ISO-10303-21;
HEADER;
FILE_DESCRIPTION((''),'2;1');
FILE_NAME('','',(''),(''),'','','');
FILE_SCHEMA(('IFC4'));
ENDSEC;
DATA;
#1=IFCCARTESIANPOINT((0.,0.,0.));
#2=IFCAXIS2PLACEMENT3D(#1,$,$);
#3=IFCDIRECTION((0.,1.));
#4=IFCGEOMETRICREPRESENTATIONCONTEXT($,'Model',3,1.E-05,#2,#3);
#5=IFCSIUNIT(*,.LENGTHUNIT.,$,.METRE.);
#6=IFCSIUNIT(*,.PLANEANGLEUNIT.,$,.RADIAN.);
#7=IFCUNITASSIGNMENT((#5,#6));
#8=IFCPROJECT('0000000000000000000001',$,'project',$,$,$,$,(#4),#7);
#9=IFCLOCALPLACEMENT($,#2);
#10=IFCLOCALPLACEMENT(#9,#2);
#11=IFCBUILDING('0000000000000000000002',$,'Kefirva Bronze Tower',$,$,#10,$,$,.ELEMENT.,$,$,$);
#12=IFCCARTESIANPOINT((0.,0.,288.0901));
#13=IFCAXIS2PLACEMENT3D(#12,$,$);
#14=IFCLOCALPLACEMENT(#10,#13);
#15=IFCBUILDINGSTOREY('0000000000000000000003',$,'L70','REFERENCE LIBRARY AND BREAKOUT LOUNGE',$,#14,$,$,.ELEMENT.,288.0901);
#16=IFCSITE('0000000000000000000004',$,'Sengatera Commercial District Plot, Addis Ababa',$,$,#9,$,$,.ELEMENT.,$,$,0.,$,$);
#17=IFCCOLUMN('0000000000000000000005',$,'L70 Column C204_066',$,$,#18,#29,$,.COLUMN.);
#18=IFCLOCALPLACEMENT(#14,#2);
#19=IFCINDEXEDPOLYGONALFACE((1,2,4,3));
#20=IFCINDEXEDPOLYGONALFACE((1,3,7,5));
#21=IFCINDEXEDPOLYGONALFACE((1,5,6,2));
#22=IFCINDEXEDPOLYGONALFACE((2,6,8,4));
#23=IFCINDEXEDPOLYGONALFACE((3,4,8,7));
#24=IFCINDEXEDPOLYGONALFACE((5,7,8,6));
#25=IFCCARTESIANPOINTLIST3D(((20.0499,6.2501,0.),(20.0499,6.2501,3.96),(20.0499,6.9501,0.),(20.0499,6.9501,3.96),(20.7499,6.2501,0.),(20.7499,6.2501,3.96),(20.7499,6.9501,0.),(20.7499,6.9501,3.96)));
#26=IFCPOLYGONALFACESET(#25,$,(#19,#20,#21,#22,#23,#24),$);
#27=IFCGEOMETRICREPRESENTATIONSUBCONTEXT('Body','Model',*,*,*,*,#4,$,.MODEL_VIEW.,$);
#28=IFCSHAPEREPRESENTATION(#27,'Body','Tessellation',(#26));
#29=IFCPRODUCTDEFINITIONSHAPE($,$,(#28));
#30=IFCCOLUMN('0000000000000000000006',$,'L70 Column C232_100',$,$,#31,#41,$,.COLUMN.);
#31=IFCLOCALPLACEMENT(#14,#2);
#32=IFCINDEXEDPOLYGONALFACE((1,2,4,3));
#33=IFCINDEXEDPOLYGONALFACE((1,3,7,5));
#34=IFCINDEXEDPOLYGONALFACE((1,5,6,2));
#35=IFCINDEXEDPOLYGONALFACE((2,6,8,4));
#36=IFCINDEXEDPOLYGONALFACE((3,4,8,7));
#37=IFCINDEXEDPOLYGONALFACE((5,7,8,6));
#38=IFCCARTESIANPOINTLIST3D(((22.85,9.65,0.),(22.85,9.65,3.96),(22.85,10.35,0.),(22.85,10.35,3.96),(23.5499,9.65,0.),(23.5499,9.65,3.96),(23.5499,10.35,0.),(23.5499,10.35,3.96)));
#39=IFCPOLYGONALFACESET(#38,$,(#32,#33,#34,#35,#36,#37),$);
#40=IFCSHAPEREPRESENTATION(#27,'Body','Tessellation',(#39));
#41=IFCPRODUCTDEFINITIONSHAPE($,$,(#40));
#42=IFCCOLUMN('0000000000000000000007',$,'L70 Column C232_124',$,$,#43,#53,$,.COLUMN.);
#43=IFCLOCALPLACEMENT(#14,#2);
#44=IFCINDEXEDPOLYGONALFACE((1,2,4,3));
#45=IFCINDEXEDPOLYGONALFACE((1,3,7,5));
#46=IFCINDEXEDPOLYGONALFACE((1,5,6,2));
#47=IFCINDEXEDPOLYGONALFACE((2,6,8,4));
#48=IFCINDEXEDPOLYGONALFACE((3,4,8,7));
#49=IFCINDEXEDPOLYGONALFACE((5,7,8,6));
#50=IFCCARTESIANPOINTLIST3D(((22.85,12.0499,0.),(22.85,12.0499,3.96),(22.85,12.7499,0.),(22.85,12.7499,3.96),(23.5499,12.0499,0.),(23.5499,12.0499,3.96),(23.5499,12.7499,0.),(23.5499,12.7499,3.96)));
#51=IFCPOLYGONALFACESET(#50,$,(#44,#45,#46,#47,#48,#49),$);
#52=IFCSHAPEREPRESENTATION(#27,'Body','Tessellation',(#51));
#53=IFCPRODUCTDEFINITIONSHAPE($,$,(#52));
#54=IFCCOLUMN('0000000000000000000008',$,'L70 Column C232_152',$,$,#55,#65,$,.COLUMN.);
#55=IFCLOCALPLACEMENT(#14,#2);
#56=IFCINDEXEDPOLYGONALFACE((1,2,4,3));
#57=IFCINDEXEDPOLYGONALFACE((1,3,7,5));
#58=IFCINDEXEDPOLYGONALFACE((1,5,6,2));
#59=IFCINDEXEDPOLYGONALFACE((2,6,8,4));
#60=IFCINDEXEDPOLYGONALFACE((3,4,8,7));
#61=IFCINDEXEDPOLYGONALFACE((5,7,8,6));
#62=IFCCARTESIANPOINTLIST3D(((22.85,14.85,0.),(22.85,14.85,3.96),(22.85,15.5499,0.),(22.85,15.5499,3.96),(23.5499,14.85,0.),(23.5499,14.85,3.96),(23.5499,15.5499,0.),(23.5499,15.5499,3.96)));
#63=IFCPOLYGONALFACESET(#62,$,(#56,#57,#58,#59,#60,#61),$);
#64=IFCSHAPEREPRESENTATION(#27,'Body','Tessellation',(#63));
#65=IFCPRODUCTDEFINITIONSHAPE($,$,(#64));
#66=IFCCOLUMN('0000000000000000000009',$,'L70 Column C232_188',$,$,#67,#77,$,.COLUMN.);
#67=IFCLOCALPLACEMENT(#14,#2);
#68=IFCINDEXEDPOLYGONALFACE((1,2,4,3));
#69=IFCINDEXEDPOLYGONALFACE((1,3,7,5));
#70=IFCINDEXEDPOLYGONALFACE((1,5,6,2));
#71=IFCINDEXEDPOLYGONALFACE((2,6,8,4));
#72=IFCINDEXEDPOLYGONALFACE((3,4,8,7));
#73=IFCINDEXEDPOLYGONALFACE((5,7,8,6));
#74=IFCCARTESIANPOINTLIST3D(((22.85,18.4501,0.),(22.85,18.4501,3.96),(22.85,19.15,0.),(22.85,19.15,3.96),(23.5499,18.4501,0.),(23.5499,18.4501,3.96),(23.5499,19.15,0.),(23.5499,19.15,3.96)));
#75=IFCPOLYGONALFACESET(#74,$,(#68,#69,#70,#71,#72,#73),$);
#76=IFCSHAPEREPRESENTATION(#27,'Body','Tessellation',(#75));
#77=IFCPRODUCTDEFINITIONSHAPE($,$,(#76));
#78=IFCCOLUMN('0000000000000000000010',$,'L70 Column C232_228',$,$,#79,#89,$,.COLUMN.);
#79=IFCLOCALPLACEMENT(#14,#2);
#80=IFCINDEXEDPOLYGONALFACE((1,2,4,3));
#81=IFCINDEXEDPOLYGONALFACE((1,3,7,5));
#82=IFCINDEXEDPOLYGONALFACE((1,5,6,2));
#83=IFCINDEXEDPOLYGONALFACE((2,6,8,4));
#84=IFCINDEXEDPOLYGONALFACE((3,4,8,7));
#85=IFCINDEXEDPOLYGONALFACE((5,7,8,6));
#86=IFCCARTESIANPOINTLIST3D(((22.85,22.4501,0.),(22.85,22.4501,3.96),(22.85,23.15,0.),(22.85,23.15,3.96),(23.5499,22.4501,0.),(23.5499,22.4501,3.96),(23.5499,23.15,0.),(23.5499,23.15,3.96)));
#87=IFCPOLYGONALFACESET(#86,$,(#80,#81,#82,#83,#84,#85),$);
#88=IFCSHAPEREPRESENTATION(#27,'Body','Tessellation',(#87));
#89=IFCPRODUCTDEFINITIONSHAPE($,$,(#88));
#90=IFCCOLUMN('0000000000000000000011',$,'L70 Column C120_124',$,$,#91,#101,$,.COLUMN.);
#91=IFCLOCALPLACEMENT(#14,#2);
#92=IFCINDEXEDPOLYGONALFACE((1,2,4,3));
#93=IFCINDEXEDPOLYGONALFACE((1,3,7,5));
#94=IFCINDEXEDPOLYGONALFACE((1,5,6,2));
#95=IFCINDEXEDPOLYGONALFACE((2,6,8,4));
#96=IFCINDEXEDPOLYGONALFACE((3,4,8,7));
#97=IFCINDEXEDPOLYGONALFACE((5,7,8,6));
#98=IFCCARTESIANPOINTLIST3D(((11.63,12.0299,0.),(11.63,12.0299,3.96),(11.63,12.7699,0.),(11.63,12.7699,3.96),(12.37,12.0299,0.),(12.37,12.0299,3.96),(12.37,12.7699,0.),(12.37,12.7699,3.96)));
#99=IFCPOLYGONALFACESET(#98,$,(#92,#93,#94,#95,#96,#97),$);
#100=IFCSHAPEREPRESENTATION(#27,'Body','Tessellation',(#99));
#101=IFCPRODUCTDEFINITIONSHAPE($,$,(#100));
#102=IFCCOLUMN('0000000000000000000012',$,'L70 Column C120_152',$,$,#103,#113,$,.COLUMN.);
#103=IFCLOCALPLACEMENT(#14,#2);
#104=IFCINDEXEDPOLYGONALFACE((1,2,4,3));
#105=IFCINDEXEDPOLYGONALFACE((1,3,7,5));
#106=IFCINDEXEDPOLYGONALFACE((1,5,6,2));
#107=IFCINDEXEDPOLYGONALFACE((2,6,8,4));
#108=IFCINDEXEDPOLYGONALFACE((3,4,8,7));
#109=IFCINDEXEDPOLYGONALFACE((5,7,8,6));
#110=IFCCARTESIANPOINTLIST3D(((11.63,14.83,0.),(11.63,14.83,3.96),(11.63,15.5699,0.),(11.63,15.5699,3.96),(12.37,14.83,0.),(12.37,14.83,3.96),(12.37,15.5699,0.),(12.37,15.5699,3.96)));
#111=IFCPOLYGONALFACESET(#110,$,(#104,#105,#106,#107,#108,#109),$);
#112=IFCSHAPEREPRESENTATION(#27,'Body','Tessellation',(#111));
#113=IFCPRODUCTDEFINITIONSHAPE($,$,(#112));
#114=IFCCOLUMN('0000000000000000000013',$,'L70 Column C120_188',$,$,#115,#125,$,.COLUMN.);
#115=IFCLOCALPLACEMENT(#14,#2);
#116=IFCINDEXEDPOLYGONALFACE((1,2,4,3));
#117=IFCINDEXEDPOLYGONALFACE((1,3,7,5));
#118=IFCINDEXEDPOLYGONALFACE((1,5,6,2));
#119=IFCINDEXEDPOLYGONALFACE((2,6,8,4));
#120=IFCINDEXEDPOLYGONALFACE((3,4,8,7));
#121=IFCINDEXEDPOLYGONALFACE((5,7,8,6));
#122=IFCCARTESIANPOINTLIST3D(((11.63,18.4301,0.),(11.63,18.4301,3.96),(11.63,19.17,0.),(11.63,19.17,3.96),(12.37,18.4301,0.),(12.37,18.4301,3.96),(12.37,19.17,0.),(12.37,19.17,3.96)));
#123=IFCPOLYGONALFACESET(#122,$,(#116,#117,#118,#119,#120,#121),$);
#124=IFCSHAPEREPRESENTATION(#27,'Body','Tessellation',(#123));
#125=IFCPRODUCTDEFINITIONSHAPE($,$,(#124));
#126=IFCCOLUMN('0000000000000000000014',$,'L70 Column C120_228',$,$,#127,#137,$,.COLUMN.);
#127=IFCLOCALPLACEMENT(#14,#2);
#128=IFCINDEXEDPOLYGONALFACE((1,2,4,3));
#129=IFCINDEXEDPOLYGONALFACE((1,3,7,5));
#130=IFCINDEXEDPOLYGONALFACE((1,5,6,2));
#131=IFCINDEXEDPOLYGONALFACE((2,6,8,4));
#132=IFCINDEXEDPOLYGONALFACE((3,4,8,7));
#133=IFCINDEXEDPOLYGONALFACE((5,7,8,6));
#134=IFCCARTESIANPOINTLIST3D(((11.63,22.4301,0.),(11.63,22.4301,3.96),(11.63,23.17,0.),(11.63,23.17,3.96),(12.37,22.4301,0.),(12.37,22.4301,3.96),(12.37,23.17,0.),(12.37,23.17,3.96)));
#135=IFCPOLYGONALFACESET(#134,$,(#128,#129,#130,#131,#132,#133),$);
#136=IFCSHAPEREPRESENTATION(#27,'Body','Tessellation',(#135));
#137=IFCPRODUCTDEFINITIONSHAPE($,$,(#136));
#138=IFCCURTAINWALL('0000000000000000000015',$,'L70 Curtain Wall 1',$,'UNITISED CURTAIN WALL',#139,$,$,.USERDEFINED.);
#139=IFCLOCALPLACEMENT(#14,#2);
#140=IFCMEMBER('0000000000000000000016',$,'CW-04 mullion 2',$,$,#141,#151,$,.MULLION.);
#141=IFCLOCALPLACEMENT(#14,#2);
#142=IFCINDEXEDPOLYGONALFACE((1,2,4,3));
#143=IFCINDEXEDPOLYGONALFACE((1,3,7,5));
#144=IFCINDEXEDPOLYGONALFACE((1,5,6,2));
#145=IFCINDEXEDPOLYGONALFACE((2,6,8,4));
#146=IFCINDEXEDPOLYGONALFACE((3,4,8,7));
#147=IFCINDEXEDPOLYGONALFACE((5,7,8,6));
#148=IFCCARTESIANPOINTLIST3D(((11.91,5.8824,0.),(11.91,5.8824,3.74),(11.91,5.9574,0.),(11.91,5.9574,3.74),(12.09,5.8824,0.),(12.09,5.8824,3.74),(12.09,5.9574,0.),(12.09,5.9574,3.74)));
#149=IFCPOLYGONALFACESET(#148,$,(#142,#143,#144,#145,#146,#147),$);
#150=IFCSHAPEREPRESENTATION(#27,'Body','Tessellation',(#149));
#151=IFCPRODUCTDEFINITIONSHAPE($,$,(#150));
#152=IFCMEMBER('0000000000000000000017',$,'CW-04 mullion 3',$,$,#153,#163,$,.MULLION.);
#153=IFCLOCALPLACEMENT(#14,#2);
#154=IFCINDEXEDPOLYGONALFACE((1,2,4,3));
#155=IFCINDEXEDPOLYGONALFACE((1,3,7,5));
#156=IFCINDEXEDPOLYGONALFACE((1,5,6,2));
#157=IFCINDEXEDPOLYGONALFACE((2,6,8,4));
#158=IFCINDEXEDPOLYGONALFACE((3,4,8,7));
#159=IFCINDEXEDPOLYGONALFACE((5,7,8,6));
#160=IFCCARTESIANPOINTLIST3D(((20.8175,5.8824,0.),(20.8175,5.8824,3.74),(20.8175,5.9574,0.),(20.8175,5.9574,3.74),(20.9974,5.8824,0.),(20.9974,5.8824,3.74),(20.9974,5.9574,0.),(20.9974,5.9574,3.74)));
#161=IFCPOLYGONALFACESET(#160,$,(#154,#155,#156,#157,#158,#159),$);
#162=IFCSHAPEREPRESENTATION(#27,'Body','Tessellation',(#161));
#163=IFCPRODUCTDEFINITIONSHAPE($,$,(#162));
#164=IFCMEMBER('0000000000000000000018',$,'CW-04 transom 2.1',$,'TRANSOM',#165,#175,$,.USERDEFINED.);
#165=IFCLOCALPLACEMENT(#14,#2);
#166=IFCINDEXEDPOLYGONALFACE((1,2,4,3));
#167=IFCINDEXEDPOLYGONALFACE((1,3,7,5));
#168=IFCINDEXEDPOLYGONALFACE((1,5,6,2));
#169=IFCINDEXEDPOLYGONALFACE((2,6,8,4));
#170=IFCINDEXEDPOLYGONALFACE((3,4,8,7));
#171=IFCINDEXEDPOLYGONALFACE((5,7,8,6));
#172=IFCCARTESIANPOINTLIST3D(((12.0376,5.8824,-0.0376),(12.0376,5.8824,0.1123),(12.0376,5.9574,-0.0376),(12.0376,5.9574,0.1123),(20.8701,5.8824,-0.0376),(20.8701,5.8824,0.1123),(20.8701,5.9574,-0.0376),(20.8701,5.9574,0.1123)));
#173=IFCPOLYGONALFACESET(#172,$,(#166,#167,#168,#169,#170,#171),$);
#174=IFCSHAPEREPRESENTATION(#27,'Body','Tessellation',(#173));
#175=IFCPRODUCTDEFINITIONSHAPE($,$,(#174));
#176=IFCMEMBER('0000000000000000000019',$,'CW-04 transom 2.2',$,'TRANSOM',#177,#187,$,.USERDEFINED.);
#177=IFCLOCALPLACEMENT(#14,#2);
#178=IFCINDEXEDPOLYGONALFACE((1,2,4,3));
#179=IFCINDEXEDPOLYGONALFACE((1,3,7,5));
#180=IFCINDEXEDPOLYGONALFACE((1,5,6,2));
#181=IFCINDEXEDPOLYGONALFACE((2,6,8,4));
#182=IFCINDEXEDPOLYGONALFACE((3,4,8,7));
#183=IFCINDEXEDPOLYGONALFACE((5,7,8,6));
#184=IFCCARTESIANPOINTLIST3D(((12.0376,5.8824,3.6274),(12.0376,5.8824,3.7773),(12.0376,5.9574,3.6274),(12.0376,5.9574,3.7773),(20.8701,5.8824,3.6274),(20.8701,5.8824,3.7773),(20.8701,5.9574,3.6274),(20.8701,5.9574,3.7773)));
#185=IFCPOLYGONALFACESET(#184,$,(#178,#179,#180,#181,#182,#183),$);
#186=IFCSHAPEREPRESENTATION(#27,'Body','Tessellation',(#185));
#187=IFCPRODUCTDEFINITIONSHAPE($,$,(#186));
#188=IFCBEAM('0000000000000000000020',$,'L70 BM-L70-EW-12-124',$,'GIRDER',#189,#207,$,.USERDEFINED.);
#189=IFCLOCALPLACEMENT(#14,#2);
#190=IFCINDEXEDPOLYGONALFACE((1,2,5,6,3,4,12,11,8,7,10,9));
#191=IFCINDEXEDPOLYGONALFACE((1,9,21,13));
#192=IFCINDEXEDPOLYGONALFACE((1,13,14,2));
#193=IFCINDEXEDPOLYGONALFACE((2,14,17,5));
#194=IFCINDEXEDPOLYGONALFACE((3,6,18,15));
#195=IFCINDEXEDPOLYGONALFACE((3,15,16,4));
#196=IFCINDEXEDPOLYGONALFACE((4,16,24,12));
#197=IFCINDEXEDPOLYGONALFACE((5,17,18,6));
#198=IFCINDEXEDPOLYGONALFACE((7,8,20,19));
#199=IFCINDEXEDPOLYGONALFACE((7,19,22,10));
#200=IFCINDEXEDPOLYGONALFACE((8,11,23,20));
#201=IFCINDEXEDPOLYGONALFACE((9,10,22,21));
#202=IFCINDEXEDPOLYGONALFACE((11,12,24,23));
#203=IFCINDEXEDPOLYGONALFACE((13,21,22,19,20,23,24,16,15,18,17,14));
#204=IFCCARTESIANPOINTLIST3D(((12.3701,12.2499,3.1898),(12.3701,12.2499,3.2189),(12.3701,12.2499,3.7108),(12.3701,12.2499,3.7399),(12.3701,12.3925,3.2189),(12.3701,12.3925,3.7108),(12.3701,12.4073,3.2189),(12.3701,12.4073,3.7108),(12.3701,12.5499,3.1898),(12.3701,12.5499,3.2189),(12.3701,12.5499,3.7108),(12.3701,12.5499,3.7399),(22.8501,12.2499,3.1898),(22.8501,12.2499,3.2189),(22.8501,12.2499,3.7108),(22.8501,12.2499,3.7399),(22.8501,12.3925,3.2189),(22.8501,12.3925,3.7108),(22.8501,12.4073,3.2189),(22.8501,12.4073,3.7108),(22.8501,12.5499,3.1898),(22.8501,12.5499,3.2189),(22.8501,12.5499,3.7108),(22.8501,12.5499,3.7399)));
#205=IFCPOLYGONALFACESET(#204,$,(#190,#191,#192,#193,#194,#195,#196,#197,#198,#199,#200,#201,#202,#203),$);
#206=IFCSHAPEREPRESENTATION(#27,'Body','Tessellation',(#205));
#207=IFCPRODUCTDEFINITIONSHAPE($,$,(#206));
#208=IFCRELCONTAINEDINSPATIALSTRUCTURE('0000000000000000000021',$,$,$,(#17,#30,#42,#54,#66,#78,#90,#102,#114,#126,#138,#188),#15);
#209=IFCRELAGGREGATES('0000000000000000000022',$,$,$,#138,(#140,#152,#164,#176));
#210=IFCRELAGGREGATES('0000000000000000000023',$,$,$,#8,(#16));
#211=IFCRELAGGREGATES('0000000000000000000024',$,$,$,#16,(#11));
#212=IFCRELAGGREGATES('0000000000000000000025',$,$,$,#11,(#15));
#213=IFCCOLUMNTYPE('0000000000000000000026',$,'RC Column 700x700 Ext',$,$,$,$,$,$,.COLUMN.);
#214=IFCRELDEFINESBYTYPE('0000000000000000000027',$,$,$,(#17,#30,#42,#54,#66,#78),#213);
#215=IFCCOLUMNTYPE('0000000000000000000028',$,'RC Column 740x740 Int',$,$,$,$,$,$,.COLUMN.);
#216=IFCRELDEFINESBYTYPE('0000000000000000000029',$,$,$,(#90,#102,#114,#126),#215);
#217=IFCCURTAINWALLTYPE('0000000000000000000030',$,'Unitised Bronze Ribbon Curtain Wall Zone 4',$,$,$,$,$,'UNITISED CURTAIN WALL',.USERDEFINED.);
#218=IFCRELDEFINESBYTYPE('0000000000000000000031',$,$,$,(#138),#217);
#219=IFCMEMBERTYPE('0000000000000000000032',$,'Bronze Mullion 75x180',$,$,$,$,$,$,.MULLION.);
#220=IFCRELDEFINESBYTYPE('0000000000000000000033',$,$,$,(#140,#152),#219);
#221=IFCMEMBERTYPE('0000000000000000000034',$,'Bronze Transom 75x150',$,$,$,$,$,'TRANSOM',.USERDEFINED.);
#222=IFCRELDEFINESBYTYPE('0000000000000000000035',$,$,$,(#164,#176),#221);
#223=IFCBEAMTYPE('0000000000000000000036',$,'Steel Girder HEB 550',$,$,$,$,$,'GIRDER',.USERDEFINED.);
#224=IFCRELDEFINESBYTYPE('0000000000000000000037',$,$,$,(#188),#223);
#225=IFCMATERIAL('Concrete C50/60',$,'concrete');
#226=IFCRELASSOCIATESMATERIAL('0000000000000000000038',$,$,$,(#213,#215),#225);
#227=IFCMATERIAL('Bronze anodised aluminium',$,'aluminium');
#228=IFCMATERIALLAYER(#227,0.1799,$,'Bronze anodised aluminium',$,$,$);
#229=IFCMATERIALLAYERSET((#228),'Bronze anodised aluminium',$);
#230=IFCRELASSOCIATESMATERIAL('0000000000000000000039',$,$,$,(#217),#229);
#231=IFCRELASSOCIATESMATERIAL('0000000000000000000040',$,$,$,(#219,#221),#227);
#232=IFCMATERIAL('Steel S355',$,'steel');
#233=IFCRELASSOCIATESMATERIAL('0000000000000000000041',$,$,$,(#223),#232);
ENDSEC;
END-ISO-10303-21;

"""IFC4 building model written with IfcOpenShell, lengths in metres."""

from ifc_helpers import new_model, si_unit, direction, frame, origin, origin_2d, place, context, subcontext, project, spatial, rectangle, i_section, extrude, material, layer, layer_set, material_profile, profile_set, type_object, element, aggregate, save


model = new_model("IFC4")

# Units and contexts
model_context = context("Model", 3, precision=1e-05, world=origin(), true_north=direction((0.0, 1.0)))
body_context = subcontext(model_context, "Body", "Model", "MODEL_VIEW")
ifc_project = project(units=[si_unit("LENGTHUNIT", "METRE"), si_unit("PLANEANGLEUNIT", "RADIAN")], contexts=[model_context])

# Site, building, storey
site_placement = place(None, origin())
site = spatial("IfcSite", under=ifc_project, at=site_placement, Name="Sengatera Commercial District Plot, Addis Ababa", CompositionType="ELEMENT", RefElevation=0.0)
building_placement = place(site_placement, origin())
building = spatial("IfcBuilding", under=site, at=building_placement, Name="Kefirva Bronze Tower", CompositionType="ELEMENT")
storey_placement = place(building_placement, frame((0.0, 0.0, 288.0901)))
storey = spatial("IfcBuildingStorey", under=building, at=storey_placement, Name="L70", Description="REFERENCE LIBRARY AND BREAKOUT LOUNGE", CompositionType="ELEMENT", Elevation=288.0901)

# Columns
ifc_material_1 = material(Name="Concrete C50/60", Category="concrete")
ifc_material_profile_1 = material_profile(ifc_material_1, rectangle(XDim=0.7, YDim=0.7, at=origin_2d()), Name="RC 700x700")
ifc_profile_set_1 = profile_set([ifc_material_profile_1], Name="Concrete C50/60")
column_type_1 = type_object("IfcColumnType", Name="RC Column 700x700 Ext", PredefinedType="COLUMN", material=ifc_profile_set_1)
for number, where, z_axis, x_axis, name in (
    (1, (20.3999, 6.6001, 0.0), (0.0, 0.0, 1.0), (1.0, 0.0, 0.0), "L70 Column C204_066"),
    (2, (23.2, 10.0, 0.0), (0.0, 0.0, 1.0), (1.0, 0.0, 0.0), "L70 Column C232_100"),
    (3, (23.2, 12.3999, 0.0), (0.0, 0.0, 1.0), (1.0, 0.0, 0.0), "L70 Column C232_124"),
    (4, (23.2, 15.2, 0.0), (0.0, 0.0, 1.0), (1.0, 0.0, 0.0), "L70 Column C232_152"),
    (5, (23.2, 18.8, 0.0), (0.0, 0.0, 1.0), (1.0, 0.0, 0.0), "L70 Column C232_188"),
    (6, (23.2, 22.8, 0.0), (0.0, 0.0, 1.0), (1.0, 0.0, 0.0), "L70 Column C232_228"),
):
    element("IfcColumn", number, at=place(storey_placement, frame(where, z_axis=z_axis, x_axis=x_axis)), inside=storey, type_object=column_type_1, Name=name, PredefinedType="COLUMN", context=body_context, shape_type="SweptSolid", body=[
        extrude(rectangle(XDim=0.7, YDim=0.7, at=origin_2d()), origin(), (0.0, 0.0, 1.0), 3.96),
    ])
ifc_material_profile_2 = material_profile(ifc_material_1, rectangle(XDim=0.74, YDim=0.74, at=origin_2d()), Name="RC 740x740")
ifc_profile_set_2 = profile_set([ifc_material_profile_2], Name="Concrete C50/60")
column_type_2 = type_object("IfcColumnType", Name="RC Column 740x740 Int", PredefinedType="COLUMN", material=ifc_profile_set_2)
for number, where, z_axis, x_axis, name in (
    (7, (12.0, 12.3999, 0.0), (0.0, 0.0, 1.0), (1.0, 0.0, 0.0), "L70 Column C120_124"),
    (8, (12.0, 15.2, 0.0), (0.0, 0.0, 1.0), (1.0, 0.0, 0.0), "L70 Column C120_152"),
    (9, (12.0, 18.8, 0.0), (0.0, 0.0, 1.0), (1.0, 0.0, 0.0), "L70 Column C120_188"),
    (10, (12.0, 22.8, 0.0), (0.0, 0.0, 1.0), (1.0, 0.0, 0.0), "L70 Column C120_228"),
):
    element("IfcColumn", number, at=place(storey_placement, frame(where, z_axis=z_axis, x_axis=x_axis)), inside=storey, type_object=column_type_2, Name=name, PredefinedType="COLUMN", context=body_context, shape_type="SweptSolid", body=[
        extrude(rectangle(XDim=0.74, YDim=0.74, at=origin_2d()), origin(), (0.0, 0.0, 1.0), 3.96),
    ])

# Curtain wall, members
ifc_material_2 = material(Name="Bronze anodised aluminium", Category="aluminium")
ifc_layer_1 = layer(ifc_material_2, 0.1799, Name="Bronze anodised aluminium")
ifc_layer_set_1 = layer_set([ifc_layer_1], Name="Bronze anodised aluminium")
curtain_wall_type = type_object("IfcCurtainWallType", Name="Unitised Bronze Ribbon Curtain Wall Zone 4", ElementType="UNITISED CURTAIN WALL", PredefinedType="USERDEFINED", material=ifc_layer_set_1)
curtain_wall_placement = place(storey_placement, origin())
curtain_wall = element("IfcCurtainWall", 11, at=curtain_wall_placement, inside=storey, type_object=curtain_wall_type, Name="L70 Curtain Wall 1", ObjectType="UNITISED CURTAIN WALL", PredefinedType="USERDEFINED")
ifc_material_profile_3 = material_profile(ifc_material_2, rectangle(XDim=0.075, YDim=0.1799, at=origin_2d()), Name="ALU 75x180")
ifc_profile_set_3 = profile_set([ifc_material_profile_3], Name="Bronze anodised aluminium")
member_type_1 = type_object("IfcMemberType", Name="Bronze Mullion 75x180", PredefinedType="MULLION", material=ifc_profile_set_3)
member_1_placement = place(storey_placement, frame((12.0, 5.9199, 0.0), z_axis=(0.0, 0.0, 1.0), x_axis=(0.0, 1.0, 0.0)))
member_1 = element("IfcMember", 12, at=member_1_placement, type_object=member_type_1, Name="CW-04 mullion 2", PredefinedType="MULLION", context=body_context, shape_type="SweptSolid", body=[
    extrude(rectangle(XDim=0.075, YDim=0.1799, at=origin_2d()), origin(), (0.0, 0.0, 1.0), 3.74),
])
member_2_placement = place(storey_placement, frame((20.9075, 5.9199, 0.0), z_axis=(0.0, 0.0, 1.0), x_axis=(0.0, 1.0, 0.0)))
member_2 = element("IfcMember", 13, at=member_2_placement, type_object=member_type_1, Name="CW-04 mullion 3", PredefinedType="MULLION", context=body_context, shape_type="SweptSolid", body=[
    extrude(rectangle(XDim=0.075, YDim=0.1799, at=origin_2d()), origin(), (0.0, 0.0, 1.0), 3.74),
])
ifc_material_profile_4 = material_profile(ifc_material_2, rectangle(XDim=0.075, YDim=0.1499, at=origin_2d()), Name="ALU 75x150")
ifc_profile_set_4 = profile_set([ifc_material_profile_4], Name="Bronze anodised aluminium")
member_type_2 = type_object("IfcMemberType", Name="Bronze Transom 75x150", ElementType="TRANSOM", PredefinedType="USERDEFINED", material=ifc_profile_set_4)
member_3_placement = place(storey_placement, frame((12.0376, 5.9199, 0.0374), z_axis=(1.0, 0.0, 0.0), x_axis=(0.0, 1.0, 0.0)))
member_3 = element("IfcMember", 14, at=member_3_placement, type_object=member_type_2, Name="CW-04 transom 2.1", ObjectType="TRANSOM", PredefinedType="USERDEFINED", context=body_context, shape_type="SweptSolid", body=[
    extrude(rectangle(XDim=0.075, YDim=0.1499, at=origin_2d()), origin(), (0.0, 0.0, 1.0), 8.8325),
])
member_4_placement = place(storey_placement, frame((12.0376, 5.9199, 3.7024), z_axis=(1.0, 0.0, 0.0), x_axis=(0.0, 1.0, 0.0)))
member_4 = element("IfcMember", 15, at=member_4_placement, type_object=member_type_2, Name="CW-04 transom 2.2", ObjectType="TRANSOM", PredefinedType="USERDEFINED", context=body_context, shape_type="SweptSolid", body=[
    extrude(rectangle(XDim=0.075, YDim=0.1499, at=origin_2d()), origin(), (0.0, 0.0, 1.0), 8.8325),
])

# Beam
ifc_material_3 = material(Name="Steel S355", Category="steel")
ifc_material_profile_5 = material_profile(ifc_material_3, i_section(OverallWidth=0.3, OverallDepth=0.55, WebThickness=0.0149, FlangeThickness=0.0291, at=origin_2d()), Name="HEB 550")
ifc_profile_set_5 = profile_set([ifc_material_profile_5], Name="Steel S355")
beam_type_1 = type_object("IfcBeamType", Name="Steel Girder HEB 550", ElementType="GIRDER", PredefinedType="USERDEFINED", material=ifc_profile_set_5)
for number, where, z_axis, x_axis, name in (
    (16, (12.3701, 12.3999, 3.4648), (1.0, 0.0, 0.0), (0.0, 1.0, 0.0), "L70 BM-L70-EW-12-124"),
):
    element("IfcBeam", number, at=place(storey_placement, frame(where, z_axis=z_axis, x_axis=x_axis)), inside=storey, type_object=beam_type_1, Name=name, ObjectType="GIRDER", PredefinedType="USERDEFINED", context=body_context, shape_type="SweptSolid", body=[
        extrude(i_section(OverallWidth=0.3, OverallDepth=0.55, WebThickness=0.0149, FlangeThickness=0.0291, at=origin_2d()), origin(), (0.0, 0.0, 1.0), 10.48),
    ])

aggregate(curtain_wall, [member_1, member_2, member_3, member_4])

save(model, "model.ifc")
